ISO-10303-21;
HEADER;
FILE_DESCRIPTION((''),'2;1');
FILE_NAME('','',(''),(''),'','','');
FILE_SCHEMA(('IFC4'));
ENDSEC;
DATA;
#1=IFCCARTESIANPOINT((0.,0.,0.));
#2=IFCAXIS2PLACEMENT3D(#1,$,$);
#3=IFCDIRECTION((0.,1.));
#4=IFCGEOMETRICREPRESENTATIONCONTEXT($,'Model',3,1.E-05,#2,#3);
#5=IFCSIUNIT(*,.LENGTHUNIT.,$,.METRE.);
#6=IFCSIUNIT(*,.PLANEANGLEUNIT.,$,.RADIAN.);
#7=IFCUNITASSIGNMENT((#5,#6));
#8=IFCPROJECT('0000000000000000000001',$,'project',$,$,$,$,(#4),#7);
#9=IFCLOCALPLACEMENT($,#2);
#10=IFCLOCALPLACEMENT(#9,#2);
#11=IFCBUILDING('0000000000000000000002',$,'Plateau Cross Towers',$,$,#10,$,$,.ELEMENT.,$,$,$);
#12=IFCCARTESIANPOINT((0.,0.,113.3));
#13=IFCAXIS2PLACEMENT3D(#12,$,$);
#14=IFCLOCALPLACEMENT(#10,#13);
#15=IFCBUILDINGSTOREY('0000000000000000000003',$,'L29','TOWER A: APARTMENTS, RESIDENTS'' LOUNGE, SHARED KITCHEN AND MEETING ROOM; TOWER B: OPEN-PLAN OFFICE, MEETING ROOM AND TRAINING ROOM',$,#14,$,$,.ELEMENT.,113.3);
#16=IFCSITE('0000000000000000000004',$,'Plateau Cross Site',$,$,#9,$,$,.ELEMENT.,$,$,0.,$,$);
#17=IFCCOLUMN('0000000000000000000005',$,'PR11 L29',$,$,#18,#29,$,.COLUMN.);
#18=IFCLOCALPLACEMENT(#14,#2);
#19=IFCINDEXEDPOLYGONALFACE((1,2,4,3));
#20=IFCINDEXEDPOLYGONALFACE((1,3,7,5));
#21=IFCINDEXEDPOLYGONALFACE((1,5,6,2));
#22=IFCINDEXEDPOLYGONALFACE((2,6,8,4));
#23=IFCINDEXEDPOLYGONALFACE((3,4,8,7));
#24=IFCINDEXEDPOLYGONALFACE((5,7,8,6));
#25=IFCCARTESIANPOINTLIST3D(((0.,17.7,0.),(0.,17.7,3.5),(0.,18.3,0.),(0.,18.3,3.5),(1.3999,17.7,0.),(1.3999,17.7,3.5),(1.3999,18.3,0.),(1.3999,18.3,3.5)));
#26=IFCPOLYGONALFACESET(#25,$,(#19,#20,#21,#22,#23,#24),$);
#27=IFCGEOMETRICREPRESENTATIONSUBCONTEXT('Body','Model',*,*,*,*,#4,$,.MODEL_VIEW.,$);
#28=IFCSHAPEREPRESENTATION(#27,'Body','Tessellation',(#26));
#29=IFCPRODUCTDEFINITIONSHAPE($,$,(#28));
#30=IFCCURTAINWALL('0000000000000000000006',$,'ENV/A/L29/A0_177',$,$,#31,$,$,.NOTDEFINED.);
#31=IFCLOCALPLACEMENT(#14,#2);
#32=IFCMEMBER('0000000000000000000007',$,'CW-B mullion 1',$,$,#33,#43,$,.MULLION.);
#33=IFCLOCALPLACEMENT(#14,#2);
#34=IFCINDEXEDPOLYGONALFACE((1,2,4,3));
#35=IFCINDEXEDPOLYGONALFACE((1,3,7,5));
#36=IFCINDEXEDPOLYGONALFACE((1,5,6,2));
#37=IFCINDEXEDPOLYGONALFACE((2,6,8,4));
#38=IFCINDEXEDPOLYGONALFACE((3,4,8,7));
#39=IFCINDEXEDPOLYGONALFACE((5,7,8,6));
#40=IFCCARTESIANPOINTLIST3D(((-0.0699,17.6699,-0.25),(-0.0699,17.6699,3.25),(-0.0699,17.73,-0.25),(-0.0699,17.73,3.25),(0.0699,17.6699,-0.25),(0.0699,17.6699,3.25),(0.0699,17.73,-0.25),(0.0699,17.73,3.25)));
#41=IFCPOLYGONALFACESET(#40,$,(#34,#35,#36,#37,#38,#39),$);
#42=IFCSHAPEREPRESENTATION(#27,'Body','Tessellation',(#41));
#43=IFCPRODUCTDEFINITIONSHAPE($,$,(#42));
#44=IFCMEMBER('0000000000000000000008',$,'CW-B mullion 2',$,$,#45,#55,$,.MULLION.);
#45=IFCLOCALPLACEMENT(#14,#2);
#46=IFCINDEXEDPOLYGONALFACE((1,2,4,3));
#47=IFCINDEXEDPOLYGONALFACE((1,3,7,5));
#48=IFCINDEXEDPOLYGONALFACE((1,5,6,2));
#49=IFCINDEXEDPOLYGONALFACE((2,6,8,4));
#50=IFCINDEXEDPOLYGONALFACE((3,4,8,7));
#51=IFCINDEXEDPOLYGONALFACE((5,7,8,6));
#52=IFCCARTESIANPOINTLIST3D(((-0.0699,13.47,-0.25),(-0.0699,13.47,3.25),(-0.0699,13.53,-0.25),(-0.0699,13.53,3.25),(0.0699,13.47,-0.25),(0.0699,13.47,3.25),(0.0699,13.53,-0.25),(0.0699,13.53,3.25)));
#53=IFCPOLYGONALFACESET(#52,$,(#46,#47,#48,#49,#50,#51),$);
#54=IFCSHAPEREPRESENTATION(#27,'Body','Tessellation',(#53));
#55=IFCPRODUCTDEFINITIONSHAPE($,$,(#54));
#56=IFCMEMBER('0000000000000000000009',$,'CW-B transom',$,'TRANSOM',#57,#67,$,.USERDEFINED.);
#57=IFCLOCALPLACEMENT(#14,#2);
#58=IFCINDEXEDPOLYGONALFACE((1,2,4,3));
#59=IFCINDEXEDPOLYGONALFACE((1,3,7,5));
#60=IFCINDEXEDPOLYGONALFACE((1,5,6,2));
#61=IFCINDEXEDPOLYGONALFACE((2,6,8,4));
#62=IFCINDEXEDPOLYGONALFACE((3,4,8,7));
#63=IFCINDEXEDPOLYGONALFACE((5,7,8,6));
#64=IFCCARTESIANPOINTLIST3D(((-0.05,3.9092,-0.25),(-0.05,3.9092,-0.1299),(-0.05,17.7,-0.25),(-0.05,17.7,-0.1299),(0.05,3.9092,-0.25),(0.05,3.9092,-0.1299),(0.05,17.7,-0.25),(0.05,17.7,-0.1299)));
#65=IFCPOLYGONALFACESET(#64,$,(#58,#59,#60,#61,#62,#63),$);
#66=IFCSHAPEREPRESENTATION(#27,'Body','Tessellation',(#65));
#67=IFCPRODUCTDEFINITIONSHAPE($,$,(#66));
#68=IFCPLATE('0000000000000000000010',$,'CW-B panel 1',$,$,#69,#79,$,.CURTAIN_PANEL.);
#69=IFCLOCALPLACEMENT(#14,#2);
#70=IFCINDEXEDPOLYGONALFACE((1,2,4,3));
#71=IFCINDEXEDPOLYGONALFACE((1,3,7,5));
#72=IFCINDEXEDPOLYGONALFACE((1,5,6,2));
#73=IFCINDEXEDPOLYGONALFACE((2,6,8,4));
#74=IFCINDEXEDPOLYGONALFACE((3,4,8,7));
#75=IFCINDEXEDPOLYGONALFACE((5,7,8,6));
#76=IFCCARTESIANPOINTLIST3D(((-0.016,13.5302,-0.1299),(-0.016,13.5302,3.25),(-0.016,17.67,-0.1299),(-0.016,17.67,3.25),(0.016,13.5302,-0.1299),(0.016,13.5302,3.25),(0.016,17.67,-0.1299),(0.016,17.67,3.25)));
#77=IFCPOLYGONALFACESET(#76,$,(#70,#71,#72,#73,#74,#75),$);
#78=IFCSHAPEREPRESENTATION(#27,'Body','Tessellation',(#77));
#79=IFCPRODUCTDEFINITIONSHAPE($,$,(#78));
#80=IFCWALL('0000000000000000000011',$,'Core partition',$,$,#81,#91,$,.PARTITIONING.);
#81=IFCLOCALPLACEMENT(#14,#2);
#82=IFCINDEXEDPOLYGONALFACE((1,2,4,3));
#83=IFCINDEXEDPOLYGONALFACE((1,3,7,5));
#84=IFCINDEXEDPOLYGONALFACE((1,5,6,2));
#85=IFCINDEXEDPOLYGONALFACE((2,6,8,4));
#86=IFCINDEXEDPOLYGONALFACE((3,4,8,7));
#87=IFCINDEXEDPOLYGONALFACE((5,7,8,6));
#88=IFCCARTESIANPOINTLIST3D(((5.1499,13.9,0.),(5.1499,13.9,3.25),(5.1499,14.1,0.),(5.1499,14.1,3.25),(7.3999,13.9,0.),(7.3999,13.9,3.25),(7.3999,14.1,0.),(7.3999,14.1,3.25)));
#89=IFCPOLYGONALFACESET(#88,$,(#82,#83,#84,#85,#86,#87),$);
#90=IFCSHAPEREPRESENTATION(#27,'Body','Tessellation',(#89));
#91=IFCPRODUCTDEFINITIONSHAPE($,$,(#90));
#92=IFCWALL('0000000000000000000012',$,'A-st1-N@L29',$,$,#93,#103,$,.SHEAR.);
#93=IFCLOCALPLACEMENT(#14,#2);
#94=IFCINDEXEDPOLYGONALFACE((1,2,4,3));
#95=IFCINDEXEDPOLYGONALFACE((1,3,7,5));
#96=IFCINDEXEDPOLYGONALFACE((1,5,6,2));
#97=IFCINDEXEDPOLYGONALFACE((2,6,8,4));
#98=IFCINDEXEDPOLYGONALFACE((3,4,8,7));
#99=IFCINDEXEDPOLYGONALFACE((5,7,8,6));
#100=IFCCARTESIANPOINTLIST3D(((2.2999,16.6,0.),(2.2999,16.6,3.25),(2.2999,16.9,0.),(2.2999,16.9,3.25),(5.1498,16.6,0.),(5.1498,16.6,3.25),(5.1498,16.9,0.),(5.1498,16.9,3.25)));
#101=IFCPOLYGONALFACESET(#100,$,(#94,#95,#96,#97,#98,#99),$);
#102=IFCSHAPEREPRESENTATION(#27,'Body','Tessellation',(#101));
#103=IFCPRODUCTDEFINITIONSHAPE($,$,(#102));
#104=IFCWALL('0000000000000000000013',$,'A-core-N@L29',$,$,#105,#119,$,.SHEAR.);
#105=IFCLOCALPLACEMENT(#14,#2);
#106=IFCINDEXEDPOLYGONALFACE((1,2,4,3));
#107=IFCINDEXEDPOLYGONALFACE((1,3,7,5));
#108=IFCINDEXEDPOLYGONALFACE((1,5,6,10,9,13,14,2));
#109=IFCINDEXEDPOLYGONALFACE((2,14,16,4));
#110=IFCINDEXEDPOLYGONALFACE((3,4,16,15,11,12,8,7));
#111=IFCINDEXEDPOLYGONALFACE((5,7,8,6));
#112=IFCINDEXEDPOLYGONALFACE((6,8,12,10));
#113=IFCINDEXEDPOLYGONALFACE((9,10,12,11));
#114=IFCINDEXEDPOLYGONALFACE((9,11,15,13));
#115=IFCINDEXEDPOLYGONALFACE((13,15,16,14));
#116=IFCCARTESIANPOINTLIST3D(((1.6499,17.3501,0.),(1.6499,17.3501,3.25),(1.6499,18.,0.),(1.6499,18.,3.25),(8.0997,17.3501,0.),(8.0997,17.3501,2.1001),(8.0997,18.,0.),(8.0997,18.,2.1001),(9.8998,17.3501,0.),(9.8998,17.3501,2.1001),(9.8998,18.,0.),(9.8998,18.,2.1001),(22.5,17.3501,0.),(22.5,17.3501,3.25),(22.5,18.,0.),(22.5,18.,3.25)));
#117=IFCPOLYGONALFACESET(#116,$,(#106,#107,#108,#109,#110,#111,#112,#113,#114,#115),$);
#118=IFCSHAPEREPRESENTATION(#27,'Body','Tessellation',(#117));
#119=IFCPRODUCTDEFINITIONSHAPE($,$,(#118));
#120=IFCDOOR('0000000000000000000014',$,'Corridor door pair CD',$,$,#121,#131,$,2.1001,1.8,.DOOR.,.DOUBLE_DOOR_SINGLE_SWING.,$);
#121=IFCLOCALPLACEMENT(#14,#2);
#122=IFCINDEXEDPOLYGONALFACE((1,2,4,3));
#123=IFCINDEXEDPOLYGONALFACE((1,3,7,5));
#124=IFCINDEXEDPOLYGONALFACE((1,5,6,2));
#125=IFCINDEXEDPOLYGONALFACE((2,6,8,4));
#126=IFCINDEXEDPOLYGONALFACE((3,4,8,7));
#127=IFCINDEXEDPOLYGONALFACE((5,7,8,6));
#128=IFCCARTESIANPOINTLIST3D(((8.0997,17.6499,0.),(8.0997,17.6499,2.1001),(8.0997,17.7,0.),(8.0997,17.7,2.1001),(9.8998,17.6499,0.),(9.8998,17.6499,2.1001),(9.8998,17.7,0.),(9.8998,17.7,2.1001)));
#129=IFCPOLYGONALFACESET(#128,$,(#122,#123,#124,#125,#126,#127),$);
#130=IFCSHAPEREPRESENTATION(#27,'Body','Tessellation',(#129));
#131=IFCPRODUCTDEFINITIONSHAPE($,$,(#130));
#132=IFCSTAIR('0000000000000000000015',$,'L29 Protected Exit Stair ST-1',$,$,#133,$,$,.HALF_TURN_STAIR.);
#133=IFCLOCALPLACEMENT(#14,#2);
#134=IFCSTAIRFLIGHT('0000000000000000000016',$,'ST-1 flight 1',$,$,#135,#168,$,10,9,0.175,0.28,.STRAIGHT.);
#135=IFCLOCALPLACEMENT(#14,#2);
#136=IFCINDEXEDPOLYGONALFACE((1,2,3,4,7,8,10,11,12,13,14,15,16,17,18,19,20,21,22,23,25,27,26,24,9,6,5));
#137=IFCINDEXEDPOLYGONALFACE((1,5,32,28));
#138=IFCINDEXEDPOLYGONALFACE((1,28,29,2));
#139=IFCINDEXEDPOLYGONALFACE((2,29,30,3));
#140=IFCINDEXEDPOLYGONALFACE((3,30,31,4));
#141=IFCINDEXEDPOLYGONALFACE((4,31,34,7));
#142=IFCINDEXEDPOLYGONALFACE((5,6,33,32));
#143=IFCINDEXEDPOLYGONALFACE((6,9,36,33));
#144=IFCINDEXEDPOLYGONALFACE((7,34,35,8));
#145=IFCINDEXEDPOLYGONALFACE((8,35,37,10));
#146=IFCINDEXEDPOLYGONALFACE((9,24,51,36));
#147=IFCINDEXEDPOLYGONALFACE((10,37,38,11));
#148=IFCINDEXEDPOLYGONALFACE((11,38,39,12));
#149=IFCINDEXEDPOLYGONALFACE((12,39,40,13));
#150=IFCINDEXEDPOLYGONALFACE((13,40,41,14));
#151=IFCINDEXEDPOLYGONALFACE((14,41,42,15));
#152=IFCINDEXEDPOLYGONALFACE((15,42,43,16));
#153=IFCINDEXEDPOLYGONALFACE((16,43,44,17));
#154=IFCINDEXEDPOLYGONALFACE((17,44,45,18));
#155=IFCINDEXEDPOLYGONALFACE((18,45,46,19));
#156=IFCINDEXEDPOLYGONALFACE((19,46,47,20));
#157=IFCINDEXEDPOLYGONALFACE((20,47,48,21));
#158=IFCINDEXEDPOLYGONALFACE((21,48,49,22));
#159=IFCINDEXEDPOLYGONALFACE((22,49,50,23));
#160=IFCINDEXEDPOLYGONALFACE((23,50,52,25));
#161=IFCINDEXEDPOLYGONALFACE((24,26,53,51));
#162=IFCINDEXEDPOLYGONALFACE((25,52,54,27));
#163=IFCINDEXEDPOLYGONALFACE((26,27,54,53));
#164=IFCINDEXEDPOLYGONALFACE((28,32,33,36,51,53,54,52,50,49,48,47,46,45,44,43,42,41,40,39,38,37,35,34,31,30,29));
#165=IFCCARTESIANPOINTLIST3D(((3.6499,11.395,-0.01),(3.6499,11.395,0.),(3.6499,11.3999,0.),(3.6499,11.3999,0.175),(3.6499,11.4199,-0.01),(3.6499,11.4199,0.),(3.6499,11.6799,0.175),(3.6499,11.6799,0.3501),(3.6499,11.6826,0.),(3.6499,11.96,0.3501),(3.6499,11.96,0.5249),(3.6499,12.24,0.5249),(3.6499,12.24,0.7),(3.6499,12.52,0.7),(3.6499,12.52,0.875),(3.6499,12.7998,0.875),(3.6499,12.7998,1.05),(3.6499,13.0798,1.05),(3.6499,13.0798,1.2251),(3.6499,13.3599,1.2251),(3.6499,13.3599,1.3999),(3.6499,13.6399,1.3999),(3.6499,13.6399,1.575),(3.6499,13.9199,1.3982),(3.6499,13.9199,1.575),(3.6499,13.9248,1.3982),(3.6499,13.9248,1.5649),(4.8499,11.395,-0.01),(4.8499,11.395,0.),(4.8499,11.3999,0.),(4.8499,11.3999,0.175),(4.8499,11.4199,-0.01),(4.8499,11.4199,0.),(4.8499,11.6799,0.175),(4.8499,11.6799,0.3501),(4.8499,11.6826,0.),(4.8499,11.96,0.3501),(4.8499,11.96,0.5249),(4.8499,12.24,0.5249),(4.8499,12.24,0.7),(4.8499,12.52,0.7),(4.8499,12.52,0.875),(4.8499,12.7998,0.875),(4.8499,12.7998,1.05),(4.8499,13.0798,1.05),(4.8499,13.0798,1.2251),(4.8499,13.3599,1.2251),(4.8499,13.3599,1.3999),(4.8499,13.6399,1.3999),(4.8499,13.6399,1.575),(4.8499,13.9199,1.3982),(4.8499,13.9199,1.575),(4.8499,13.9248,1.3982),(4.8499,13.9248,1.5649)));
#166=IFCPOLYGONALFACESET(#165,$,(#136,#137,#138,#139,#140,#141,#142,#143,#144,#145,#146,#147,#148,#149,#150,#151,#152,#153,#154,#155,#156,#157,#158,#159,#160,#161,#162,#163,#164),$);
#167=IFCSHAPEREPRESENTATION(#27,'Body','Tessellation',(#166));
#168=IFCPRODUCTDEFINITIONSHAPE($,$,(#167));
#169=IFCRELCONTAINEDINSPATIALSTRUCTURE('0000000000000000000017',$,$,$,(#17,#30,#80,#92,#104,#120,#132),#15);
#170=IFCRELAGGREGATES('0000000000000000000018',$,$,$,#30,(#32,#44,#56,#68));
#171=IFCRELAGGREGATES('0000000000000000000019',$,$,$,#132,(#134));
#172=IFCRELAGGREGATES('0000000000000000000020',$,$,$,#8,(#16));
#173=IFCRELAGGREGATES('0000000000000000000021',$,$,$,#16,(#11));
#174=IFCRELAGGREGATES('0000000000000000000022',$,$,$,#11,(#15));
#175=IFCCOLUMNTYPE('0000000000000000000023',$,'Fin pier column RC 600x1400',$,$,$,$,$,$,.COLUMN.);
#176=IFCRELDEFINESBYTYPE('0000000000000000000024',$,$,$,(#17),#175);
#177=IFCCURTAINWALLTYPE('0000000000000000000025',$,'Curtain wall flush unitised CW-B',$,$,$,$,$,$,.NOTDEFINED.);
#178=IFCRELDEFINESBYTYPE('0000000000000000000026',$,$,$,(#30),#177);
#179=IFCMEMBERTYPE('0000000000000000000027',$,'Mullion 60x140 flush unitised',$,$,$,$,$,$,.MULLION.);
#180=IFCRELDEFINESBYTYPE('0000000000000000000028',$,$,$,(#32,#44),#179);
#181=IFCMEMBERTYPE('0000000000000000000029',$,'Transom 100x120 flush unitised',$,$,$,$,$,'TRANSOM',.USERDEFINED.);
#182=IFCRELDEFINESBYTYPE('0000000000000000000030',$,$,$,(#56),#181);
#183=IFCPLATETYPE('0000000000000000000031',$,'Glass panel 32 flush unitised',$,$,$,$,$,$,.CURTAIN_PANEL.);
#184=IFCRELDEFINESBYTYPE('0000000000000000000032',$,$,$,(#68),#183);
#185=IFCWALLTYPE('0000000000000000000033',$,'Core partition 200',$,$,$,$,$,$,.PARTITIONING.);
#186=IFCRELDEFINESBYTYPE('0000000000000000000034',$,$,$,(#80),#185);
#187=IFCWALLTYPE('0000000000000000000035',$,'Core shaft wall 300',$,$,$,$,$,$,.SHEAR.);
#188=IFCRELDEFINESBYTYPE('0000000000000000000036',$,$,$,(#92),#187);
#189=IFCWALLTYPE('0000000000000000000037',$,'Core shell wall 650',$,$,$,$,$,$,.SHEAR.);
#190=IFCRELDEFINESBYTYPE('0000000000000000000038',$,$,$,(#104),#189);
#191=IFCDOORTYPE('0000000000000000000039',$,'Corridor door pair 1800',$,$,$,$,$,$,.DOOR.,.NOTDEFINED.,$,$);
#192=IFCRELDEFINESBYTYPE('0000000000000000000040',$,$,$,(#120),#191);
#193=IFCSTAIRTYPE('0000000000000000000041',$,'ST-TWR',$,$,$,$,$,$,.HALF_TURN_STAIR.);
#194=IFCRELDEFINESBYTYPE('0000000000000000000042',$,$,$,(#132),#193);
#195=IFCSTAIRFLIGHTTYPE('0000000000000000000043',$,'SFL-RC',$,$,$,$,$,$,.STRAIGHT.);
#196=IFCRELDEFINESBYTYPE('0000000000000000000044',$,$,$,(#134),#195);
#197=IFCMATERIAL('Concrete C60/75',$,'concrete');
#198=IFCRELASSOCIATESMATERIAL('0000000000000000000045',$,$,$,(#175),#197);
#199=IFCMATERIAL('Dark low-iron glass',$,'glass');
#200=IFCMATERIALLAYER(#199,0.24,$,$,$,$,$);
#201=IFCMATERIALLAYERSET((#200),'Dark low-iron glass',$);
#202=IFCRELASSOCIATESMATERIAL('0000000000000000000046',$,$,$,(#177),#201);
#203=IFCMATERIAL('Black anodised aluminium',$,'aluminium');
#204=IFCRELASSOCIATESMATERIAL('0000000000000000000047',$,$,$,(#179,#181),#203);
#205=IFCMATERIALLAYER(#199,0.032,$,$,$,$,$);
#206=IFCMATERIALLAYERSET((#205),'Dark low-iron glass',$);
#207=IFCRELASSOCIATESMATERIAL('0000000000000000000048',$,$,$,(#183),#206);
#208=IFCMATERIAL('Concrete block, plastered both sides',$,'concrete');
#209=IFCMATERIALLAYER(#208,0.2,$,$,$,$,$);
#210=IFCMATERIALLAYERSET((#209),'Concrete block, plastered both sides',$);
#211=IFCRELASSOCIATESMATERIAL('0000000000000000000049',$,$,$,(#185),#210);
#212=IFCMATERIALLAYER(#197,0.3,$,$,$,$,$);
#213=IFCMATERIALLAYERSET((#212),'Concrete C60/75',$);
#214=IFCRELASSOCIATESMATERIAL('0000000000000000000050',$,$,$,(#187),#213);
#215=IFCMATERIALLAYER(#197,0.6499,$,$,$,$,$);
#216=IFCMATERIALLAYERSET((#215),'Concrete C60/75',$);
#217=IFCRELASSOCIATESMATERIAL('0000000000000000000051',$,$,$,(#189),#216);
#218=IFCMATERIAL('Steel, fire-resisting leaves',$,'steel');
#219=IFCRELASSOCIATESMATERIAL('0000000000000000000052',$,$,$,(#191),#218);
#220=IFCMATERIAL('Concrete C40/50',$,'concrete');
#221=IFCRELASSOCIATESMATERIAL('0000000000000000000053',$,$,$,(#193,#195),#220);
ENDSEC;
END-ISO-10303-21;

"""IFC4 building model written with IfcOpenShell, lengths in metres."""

from ifc_helpers import new_model, si_unit, direction, frame, frame_2d, origin, origin_2d, place, context, subcontext, project, spatial, polyline, rectangle, outline, extrude, material, layer, layer_set, material_profile, profile_set, type_object, element, fill, aggregate, save


model = new_model("IFC4")

# Units and contexts
model_context = context("Model", 3, precision=1e-05, world=origin(), true_north=direction((0.0, 1.0)))
body_context = subcontext(model_context, "Body", "Model", "MODEL_VIEW")
ifc_project = project(units=[si_unit("LENGTHUNIT", "METRE"), si_unit("PLANEANGLEUNIT", "RADIAN")], contexts=[model_context])

# Site, building, storey
site_placement = place(None, origin())
site = spatial("IfcSite", under=ifc_project, at=site_placement, Name="Plateau Cross Site", CompositionType="ELEMENT", RefElevation=0.0)
building_placement = place(site_placement, origin())
building = spatial("IfcBuilding", under=site, at=building_placement, Name="Plateau Cross Towers", CompositionType="ELEMENT")
storey_placement = place(building_placement, frame((0.0, 0.0, 113.3)))
storey = spatial("IfcBuildingStorey", under=building, at=storey_placement, Name="L29", Description="TOWER A: APARTMENTS, RESIDENTS' LOUNGE, SHARED KITCHEN AND MEETING ROOM; TOWER B: OPEN-PLAN OFFICE, MEETING ROOM AND TRAINING ROOM", CompositionType="ELEMENT", Elevation=113.3)

# Column
ifc_material_1 = material(Name="Concrete C60/75", Category="concrete")
ifc_material_profile_1 = material_profile(ifc_material_1, rectangle(XDim=0.6001, YDim=1.3999, at=origin_2d()), Name="RC 600x1400")
ifc_profile_set_1 = profile_set([ifc_material_profile_1], Name="Concrete C60/75")
column_type = type_object("IfcColumnType", Name="Fin pier column RC 600x1400", PredefinedType="COLUMN", material=ifc_profile_set_1)
column_placement = place(storey_placement, frame((0.7, 18.0, 0.0), z_axis=(0.0, 0.0, 1.0), x_axis=(0.0, 1.0, 0.0)))
element("IfcColumn", 1, at=column_placement, inside=storey, type_object=column_type, Name="PR11 L29", PredefinedType="COLUMN", context=body_context, shape_type="SweptSolid", body=[
    extrude(rectangle(XDim=0.6001, YDim=1.3999, at=origin_2d()), origin(), (0.0, 0.0, 1.0), 3.5),
])

# Curtain wall, members, plate
ifc_material_2 = material(Name="Dark low-iron glass", Category="glass")
ifc_layer_1 = layer(ifc_material_2, 0.24)
ifc_layer_set_1 = layer_set([ifc_layer_1], Name="Dark low-iron glass")
curtain_wall_type = type_object("IfcCurtainWallType", Name="Curtain wall flush unitised CW-B", PredefinedType="NOTDEFINED", material=ifc_layer_set_1)
curtain_wall_placement = place(storey_placement, origin())
curtain_wall = element("IfcCurtainWall", 2, at=curtain_wall_placement, inside=storey, type_object=curtain_wall_type, Name="ENV/A/L29/A0_177", PredefinedType="NOTDEFINED")
ifc_material_3 = material(Name="Black anodised aluminium", Category="aluminium")
ifc_material_profile_2 = material_profile(ifc_material_3, rectangle(XDim=0.0601, YDim=0.1399, at=origin_2d()), Name="MULLION 60x140")
ifc_profile_set_2 = profile_set([ifc_material_profile_2], Name="Black anodised aluminium")
member_type_1 = type_object("IfcMemberType", Name="Mullion 60x140 flush unitised", PredefinedType="MULLION", material=ifc_profile_set_2)
member_1_placement = place(storey_placement, frame((0.0, 17.7, -0.25), z_axis=(0.0, 0.0, 1.0), x_axis=(0.0, -1.0, 0.0)))
member_1 = element("IfcMember", 3, at=member_1_placement, type_object=member_type_1, Name="CW-B mullion 1", PredefinedType="MULLION", context=body_context, shape_type="SweptSolid", body=[
    extrude(rectangle(XDim=0.0601, YDim=0.1399, at=origin_2d()), origin(), (0.0, 0.0, 1.0), 3.5),
])
member_2_placement = place(storey_placement, frame((0.0, 13.5, -0.25), z_axis=(0.0, 0.0, 1.0), x_axis=(0.0, -1.0, 0.0)))
member_2 = element("IfcMember", 4, at=member_2_placement, type_object=member_type_1, Name="CW-B mullion 2", PredefinedType="MULLION", context=body_context, shape_type="SweptSolid", body=[
    extrude(rectangle(XDim=0.0601, YDim=0.1399, at=origin_2d()), origin(), (0.0, 0.0, 1.0), 3.5),
])
ifc_material_profile_3 = material_profile(ifc_material_3, rectangle(XDim=0.1001, YDim=0.1201, at=origin_2d()), Name="TRANSOM 100x120")
ifc_profile_set_3 = profile_set([ifc_material_profile_3], Name="Black anodised aluminium")
member_type_2 = type_object("IfcMemberType", Name="Transom 100x120 flush unitised", ElementType="TRANSOM", PredefinedType="USERDEFINED", material=ifc_profile_set_3)
member_3_placement = place(storey_placement, frame((0.0, 17.7, -0.1899), z_axis=(0.0, -1.0, 0.0), x_axis=(1.0, 0.0, 0.0)))
member_3 = element("IfcMember", 5, at=member_3_placement, type_object=member_type_2, Name="CW-B transom", ObjectType="TRANSOM", PredefinedType="USERDEFINED", context=body_context, shape_type="SweptSolid", body=[
    extrude(rectangle(XDim=0.1001, YDim=0.1201, at=origin_2d()), origin(), (0.0, 0.0, 1.0), 13.7908),
])
ifc_layer_2 = layer(ifc_material_2, 0.032)
ifc_layer_set_2 = layer_set([ifc_layer_2], Name="Dark low-iron glass")
plate_type = type_object("IfcPlateType", Name="Glass panel 32 flush unitised", PredefinedType="CURTAIN_PANEL", material=ifc_layer_set_2)
plate_placement = place(storey_placement, frame((0.0, 15.6001, -0.1299), z_axis=(0.0, 0.0, 1.0), x_axis=(0.0, -1.0, 0.0)))
plate = element("IfcPlate", 6, at=plate_placement, type_object=plate_type, Name="CW-B panel 1", PredefinedType="CURTAIN_PANEL", context=body_context, shape_type="SweptSolid", body=[
    extrude(rectangle(XDim=4.1399, YDim=0.032, at=origin_2d()), origin(), (0.0, 0.0, 1.0), 3.3799),
])
aggregate(curtain_wall, [member_1, member_2, member_3, plate])

# Walls
ifc_material_4 = material(Name="Concrete block, plastered both sides", Category="concrete")
ifc_layer_3 = layer(ifc_material_4, 0.2)
ifc_layer_set_3 = layer_set([ifc_layer_3], Name="Concrete block, plastered both sides")
wall_type_1 = type_object("IfcWallType", Name="Core partition 200", PredefinedType="PARTITIONING", material=ifc_layer_set_3)
wall_1_placement = place(storey_placement, frame((5.1499, 14.0, 0.0), z_axis=(0.0, 0.0, 1.0), x_axis=(1.0, 0.0, 0.0)))
element("IfcWall", 7, at=wall_1_placement, inside=storey, type_object=wall_type_1, Name="Core partition", PredefinedType="PARTITIONING", context=body_context, shape_type="SweptSolid", body=[
    extrude(rectangle(XDim=2.25, YDim=0.2, at=frame_2d((1.125, 0.0))), origin(), (0.0, 0.0, 1.0), 3.25),
])
ifc_layer_4 = layer(ifc_material_1, 0.3)
ifc_layer_set_4 = layer_set([ifc_layer_4], Name="Concrete C60/75")
wall_type_2 = type_object("IfcWallType", Name="Core shaft wall 300", PredefinedType="SHEAR", material=ifc_layer_set_4)
wall_2_placement = place(storey_placement, frame((2.3, 16.75, 0.0), z_axis=(0.0, 0.0, 1.0), x_axis=(1.0, 0.0, 0.0)))
element("IfcWall", 8, at=wall_2_placement, inside=storey, type_object=wall_type_2, Name="A-st1-N@L29", PredefinedType="SHEAR", context=body_context, shape_type="SweptSolid", body=[
    extrude(rectangle(XDim=2.8499, YDim=0.3, at=frame_2d((1.4248, 0.0))), origin(), (0.0, 0.0, 1.0), 3.25),
])

# Wall, opening, door
ifc_layer_5 = layer(ifc_material_1, 0.6499)
ifc_layer_set_5 = layer_set([ifc_layer_5], Name="Concrete C60/75")
wall_type_3 = type_object("IfcWallType", Name="Core shell wall 650", PredefinedType="SHEAR", material=ifc_layer_set_5)
wall_3_placement = place(storey_placement, frame((1.6499, 17.675, 0.0), z_axis=(0.0, 0.0, 1.0), x_axis=(1.0, 0.0, 0.0)))
wall_3 = element("IfcWall", 9, at=wall_3_placement, inside=storey, type_object=wall_type_3, Name="A-core-N@L29", PredefinedType="SHEAR", context=body_context, shape_type="SweptSolid", body=[
    extrude(rectangle(XDim=20.8501, YDim=0.6499, at=frame_2d((10.425, 0.0))), origin(), (0.0, 0.0, 1.0), 3.25),
])
opening_placement = place(wall_3_placement, frame((6.45, 0.0, 0.0)))
opening = element("IfcOpeningElement", 10, at=opening_placement, cuts=wall_3, PredefinedType="OPENING", context=body_context, shape_type="SweptSolid", body=[
    extrude(rectangle(XDim=1.8, YDim=2.1001, at=frame_2d((0.8999, 1.05))), frame((0.0, 0.335, 0.0), z_axis=(0.0, -1.0, 0.0), x_axis=(1.0, 0.0, 0.0)), (0.0, 0.0, 1.0), 0.6699),
])
ifc_material_5 = material(Name="Steel, fire-resisting leaves", Category="steel")
door_type = type_object("IfcDoorType", Name="Corridor door pair 1800", OperationType="NOTDEFINED", PredefinedType="DOOR", material=ifc_material_5)
door_placement = place(opening_placement, origin())
door = element("IfcDoor", 11, at=door_placement, inside=storey, type_object=door_type, Name="Corridor door pair CD", OperationType="DOUBLE_DOOR_SINGLE_SWING", OverallHeight=2.1001, OverallWidth=1.8, PredefinedType="DOOR", context=body_context, shape_type="SweptSolid", body=[
    extrude(rectangle(XDim=1.8, YDim=2.1001, at=frame_2d((0.8999, 1.05))), frame((0.0, 0.0249, 0.0), z_axis=(0.0, -1.0, 0.0), x_axis=(1.0, 0.0, 0.0)), (0.0, 0.0, 1.0), 0.05),
])
fill(opening, door)

# Stair, stair flight
ifc_material_6 = material(Name="Concrete C40/50", Category="concrete")
stair_type = type_object("IfcStairType", Name="ST-TWR", PredefinedType="HALF_TURN_STAIR", material=ifc_material_6)
stair_placement = place(storey_placement, origin())
stair = element("IfcStair", 12, at=stair_placement, inside=storey, type_object=stair_type, Name="L29 Protected Exit Stair ST-1", PredefinedType="HALF_TURN_STAIR")
stair_flight_type = type_object("IfcStairFlightType", Name="SFL-RC", PredefinedType="STRAIGHT", material=ifc_material_6)
stair_flight_1_placement = place(storey_placement, frame((4.25, 11.3999, 0.0), z_axis=(0.0, 0.0, 1.0), x_axis=(0.0, 1.0, 0.0)))
stair_flight_1 = element("IfcStairFlight", 13, at=stair_flight_1_placement, type_object=stair_flight_type, Name="ST-1 flight 1", NumberOfRisers=10, NumberOfTreads=9, PredefinedType="STRAIGHT", RiserHeight=0.175, TreadLength=0.28, context=body_context, shape_type="SweptSolid", body=[
    extrude(outline(polyline([(-0.0049, -0.01), (-0.0049, 0.0), (0.0, 0.0), (0.0, 0.175), (0.28, 0.175), (0.28, 0.3501), (0.5601, 0.3501), (0.5601, 0.5249), (0.8401, 0.5249), (0.8401, 0.7), (1.1201, 0.7), (1.1201, 0.875), (1.3999, 0.875), (1.3999, 1.05), (1.6799, 1.05), (1.6799, 1.2251), (1.96, 1.2251), (1.96, 1.3999), (2.24, 1.3999), (2.24, 1.575), (2.52, 1.575), (2.5249, 1.5649), (2.5249, 1.3982), (2.52, 1.3982), (0.2827, 0.0), (0.02, 0.0), (0.02, -0.01), (-0.0049, -0.01)])), frame((0.0, 0.6001, 0.0), z_axis=(0.0, -1.0, 0.0), x_axis=(1.0, 0.0, 0.0)), (0.0, 0.0, 1.0), 1.2),
])
aggregate(stair, [stair_flight_1])

save(model, "model.ifc")
